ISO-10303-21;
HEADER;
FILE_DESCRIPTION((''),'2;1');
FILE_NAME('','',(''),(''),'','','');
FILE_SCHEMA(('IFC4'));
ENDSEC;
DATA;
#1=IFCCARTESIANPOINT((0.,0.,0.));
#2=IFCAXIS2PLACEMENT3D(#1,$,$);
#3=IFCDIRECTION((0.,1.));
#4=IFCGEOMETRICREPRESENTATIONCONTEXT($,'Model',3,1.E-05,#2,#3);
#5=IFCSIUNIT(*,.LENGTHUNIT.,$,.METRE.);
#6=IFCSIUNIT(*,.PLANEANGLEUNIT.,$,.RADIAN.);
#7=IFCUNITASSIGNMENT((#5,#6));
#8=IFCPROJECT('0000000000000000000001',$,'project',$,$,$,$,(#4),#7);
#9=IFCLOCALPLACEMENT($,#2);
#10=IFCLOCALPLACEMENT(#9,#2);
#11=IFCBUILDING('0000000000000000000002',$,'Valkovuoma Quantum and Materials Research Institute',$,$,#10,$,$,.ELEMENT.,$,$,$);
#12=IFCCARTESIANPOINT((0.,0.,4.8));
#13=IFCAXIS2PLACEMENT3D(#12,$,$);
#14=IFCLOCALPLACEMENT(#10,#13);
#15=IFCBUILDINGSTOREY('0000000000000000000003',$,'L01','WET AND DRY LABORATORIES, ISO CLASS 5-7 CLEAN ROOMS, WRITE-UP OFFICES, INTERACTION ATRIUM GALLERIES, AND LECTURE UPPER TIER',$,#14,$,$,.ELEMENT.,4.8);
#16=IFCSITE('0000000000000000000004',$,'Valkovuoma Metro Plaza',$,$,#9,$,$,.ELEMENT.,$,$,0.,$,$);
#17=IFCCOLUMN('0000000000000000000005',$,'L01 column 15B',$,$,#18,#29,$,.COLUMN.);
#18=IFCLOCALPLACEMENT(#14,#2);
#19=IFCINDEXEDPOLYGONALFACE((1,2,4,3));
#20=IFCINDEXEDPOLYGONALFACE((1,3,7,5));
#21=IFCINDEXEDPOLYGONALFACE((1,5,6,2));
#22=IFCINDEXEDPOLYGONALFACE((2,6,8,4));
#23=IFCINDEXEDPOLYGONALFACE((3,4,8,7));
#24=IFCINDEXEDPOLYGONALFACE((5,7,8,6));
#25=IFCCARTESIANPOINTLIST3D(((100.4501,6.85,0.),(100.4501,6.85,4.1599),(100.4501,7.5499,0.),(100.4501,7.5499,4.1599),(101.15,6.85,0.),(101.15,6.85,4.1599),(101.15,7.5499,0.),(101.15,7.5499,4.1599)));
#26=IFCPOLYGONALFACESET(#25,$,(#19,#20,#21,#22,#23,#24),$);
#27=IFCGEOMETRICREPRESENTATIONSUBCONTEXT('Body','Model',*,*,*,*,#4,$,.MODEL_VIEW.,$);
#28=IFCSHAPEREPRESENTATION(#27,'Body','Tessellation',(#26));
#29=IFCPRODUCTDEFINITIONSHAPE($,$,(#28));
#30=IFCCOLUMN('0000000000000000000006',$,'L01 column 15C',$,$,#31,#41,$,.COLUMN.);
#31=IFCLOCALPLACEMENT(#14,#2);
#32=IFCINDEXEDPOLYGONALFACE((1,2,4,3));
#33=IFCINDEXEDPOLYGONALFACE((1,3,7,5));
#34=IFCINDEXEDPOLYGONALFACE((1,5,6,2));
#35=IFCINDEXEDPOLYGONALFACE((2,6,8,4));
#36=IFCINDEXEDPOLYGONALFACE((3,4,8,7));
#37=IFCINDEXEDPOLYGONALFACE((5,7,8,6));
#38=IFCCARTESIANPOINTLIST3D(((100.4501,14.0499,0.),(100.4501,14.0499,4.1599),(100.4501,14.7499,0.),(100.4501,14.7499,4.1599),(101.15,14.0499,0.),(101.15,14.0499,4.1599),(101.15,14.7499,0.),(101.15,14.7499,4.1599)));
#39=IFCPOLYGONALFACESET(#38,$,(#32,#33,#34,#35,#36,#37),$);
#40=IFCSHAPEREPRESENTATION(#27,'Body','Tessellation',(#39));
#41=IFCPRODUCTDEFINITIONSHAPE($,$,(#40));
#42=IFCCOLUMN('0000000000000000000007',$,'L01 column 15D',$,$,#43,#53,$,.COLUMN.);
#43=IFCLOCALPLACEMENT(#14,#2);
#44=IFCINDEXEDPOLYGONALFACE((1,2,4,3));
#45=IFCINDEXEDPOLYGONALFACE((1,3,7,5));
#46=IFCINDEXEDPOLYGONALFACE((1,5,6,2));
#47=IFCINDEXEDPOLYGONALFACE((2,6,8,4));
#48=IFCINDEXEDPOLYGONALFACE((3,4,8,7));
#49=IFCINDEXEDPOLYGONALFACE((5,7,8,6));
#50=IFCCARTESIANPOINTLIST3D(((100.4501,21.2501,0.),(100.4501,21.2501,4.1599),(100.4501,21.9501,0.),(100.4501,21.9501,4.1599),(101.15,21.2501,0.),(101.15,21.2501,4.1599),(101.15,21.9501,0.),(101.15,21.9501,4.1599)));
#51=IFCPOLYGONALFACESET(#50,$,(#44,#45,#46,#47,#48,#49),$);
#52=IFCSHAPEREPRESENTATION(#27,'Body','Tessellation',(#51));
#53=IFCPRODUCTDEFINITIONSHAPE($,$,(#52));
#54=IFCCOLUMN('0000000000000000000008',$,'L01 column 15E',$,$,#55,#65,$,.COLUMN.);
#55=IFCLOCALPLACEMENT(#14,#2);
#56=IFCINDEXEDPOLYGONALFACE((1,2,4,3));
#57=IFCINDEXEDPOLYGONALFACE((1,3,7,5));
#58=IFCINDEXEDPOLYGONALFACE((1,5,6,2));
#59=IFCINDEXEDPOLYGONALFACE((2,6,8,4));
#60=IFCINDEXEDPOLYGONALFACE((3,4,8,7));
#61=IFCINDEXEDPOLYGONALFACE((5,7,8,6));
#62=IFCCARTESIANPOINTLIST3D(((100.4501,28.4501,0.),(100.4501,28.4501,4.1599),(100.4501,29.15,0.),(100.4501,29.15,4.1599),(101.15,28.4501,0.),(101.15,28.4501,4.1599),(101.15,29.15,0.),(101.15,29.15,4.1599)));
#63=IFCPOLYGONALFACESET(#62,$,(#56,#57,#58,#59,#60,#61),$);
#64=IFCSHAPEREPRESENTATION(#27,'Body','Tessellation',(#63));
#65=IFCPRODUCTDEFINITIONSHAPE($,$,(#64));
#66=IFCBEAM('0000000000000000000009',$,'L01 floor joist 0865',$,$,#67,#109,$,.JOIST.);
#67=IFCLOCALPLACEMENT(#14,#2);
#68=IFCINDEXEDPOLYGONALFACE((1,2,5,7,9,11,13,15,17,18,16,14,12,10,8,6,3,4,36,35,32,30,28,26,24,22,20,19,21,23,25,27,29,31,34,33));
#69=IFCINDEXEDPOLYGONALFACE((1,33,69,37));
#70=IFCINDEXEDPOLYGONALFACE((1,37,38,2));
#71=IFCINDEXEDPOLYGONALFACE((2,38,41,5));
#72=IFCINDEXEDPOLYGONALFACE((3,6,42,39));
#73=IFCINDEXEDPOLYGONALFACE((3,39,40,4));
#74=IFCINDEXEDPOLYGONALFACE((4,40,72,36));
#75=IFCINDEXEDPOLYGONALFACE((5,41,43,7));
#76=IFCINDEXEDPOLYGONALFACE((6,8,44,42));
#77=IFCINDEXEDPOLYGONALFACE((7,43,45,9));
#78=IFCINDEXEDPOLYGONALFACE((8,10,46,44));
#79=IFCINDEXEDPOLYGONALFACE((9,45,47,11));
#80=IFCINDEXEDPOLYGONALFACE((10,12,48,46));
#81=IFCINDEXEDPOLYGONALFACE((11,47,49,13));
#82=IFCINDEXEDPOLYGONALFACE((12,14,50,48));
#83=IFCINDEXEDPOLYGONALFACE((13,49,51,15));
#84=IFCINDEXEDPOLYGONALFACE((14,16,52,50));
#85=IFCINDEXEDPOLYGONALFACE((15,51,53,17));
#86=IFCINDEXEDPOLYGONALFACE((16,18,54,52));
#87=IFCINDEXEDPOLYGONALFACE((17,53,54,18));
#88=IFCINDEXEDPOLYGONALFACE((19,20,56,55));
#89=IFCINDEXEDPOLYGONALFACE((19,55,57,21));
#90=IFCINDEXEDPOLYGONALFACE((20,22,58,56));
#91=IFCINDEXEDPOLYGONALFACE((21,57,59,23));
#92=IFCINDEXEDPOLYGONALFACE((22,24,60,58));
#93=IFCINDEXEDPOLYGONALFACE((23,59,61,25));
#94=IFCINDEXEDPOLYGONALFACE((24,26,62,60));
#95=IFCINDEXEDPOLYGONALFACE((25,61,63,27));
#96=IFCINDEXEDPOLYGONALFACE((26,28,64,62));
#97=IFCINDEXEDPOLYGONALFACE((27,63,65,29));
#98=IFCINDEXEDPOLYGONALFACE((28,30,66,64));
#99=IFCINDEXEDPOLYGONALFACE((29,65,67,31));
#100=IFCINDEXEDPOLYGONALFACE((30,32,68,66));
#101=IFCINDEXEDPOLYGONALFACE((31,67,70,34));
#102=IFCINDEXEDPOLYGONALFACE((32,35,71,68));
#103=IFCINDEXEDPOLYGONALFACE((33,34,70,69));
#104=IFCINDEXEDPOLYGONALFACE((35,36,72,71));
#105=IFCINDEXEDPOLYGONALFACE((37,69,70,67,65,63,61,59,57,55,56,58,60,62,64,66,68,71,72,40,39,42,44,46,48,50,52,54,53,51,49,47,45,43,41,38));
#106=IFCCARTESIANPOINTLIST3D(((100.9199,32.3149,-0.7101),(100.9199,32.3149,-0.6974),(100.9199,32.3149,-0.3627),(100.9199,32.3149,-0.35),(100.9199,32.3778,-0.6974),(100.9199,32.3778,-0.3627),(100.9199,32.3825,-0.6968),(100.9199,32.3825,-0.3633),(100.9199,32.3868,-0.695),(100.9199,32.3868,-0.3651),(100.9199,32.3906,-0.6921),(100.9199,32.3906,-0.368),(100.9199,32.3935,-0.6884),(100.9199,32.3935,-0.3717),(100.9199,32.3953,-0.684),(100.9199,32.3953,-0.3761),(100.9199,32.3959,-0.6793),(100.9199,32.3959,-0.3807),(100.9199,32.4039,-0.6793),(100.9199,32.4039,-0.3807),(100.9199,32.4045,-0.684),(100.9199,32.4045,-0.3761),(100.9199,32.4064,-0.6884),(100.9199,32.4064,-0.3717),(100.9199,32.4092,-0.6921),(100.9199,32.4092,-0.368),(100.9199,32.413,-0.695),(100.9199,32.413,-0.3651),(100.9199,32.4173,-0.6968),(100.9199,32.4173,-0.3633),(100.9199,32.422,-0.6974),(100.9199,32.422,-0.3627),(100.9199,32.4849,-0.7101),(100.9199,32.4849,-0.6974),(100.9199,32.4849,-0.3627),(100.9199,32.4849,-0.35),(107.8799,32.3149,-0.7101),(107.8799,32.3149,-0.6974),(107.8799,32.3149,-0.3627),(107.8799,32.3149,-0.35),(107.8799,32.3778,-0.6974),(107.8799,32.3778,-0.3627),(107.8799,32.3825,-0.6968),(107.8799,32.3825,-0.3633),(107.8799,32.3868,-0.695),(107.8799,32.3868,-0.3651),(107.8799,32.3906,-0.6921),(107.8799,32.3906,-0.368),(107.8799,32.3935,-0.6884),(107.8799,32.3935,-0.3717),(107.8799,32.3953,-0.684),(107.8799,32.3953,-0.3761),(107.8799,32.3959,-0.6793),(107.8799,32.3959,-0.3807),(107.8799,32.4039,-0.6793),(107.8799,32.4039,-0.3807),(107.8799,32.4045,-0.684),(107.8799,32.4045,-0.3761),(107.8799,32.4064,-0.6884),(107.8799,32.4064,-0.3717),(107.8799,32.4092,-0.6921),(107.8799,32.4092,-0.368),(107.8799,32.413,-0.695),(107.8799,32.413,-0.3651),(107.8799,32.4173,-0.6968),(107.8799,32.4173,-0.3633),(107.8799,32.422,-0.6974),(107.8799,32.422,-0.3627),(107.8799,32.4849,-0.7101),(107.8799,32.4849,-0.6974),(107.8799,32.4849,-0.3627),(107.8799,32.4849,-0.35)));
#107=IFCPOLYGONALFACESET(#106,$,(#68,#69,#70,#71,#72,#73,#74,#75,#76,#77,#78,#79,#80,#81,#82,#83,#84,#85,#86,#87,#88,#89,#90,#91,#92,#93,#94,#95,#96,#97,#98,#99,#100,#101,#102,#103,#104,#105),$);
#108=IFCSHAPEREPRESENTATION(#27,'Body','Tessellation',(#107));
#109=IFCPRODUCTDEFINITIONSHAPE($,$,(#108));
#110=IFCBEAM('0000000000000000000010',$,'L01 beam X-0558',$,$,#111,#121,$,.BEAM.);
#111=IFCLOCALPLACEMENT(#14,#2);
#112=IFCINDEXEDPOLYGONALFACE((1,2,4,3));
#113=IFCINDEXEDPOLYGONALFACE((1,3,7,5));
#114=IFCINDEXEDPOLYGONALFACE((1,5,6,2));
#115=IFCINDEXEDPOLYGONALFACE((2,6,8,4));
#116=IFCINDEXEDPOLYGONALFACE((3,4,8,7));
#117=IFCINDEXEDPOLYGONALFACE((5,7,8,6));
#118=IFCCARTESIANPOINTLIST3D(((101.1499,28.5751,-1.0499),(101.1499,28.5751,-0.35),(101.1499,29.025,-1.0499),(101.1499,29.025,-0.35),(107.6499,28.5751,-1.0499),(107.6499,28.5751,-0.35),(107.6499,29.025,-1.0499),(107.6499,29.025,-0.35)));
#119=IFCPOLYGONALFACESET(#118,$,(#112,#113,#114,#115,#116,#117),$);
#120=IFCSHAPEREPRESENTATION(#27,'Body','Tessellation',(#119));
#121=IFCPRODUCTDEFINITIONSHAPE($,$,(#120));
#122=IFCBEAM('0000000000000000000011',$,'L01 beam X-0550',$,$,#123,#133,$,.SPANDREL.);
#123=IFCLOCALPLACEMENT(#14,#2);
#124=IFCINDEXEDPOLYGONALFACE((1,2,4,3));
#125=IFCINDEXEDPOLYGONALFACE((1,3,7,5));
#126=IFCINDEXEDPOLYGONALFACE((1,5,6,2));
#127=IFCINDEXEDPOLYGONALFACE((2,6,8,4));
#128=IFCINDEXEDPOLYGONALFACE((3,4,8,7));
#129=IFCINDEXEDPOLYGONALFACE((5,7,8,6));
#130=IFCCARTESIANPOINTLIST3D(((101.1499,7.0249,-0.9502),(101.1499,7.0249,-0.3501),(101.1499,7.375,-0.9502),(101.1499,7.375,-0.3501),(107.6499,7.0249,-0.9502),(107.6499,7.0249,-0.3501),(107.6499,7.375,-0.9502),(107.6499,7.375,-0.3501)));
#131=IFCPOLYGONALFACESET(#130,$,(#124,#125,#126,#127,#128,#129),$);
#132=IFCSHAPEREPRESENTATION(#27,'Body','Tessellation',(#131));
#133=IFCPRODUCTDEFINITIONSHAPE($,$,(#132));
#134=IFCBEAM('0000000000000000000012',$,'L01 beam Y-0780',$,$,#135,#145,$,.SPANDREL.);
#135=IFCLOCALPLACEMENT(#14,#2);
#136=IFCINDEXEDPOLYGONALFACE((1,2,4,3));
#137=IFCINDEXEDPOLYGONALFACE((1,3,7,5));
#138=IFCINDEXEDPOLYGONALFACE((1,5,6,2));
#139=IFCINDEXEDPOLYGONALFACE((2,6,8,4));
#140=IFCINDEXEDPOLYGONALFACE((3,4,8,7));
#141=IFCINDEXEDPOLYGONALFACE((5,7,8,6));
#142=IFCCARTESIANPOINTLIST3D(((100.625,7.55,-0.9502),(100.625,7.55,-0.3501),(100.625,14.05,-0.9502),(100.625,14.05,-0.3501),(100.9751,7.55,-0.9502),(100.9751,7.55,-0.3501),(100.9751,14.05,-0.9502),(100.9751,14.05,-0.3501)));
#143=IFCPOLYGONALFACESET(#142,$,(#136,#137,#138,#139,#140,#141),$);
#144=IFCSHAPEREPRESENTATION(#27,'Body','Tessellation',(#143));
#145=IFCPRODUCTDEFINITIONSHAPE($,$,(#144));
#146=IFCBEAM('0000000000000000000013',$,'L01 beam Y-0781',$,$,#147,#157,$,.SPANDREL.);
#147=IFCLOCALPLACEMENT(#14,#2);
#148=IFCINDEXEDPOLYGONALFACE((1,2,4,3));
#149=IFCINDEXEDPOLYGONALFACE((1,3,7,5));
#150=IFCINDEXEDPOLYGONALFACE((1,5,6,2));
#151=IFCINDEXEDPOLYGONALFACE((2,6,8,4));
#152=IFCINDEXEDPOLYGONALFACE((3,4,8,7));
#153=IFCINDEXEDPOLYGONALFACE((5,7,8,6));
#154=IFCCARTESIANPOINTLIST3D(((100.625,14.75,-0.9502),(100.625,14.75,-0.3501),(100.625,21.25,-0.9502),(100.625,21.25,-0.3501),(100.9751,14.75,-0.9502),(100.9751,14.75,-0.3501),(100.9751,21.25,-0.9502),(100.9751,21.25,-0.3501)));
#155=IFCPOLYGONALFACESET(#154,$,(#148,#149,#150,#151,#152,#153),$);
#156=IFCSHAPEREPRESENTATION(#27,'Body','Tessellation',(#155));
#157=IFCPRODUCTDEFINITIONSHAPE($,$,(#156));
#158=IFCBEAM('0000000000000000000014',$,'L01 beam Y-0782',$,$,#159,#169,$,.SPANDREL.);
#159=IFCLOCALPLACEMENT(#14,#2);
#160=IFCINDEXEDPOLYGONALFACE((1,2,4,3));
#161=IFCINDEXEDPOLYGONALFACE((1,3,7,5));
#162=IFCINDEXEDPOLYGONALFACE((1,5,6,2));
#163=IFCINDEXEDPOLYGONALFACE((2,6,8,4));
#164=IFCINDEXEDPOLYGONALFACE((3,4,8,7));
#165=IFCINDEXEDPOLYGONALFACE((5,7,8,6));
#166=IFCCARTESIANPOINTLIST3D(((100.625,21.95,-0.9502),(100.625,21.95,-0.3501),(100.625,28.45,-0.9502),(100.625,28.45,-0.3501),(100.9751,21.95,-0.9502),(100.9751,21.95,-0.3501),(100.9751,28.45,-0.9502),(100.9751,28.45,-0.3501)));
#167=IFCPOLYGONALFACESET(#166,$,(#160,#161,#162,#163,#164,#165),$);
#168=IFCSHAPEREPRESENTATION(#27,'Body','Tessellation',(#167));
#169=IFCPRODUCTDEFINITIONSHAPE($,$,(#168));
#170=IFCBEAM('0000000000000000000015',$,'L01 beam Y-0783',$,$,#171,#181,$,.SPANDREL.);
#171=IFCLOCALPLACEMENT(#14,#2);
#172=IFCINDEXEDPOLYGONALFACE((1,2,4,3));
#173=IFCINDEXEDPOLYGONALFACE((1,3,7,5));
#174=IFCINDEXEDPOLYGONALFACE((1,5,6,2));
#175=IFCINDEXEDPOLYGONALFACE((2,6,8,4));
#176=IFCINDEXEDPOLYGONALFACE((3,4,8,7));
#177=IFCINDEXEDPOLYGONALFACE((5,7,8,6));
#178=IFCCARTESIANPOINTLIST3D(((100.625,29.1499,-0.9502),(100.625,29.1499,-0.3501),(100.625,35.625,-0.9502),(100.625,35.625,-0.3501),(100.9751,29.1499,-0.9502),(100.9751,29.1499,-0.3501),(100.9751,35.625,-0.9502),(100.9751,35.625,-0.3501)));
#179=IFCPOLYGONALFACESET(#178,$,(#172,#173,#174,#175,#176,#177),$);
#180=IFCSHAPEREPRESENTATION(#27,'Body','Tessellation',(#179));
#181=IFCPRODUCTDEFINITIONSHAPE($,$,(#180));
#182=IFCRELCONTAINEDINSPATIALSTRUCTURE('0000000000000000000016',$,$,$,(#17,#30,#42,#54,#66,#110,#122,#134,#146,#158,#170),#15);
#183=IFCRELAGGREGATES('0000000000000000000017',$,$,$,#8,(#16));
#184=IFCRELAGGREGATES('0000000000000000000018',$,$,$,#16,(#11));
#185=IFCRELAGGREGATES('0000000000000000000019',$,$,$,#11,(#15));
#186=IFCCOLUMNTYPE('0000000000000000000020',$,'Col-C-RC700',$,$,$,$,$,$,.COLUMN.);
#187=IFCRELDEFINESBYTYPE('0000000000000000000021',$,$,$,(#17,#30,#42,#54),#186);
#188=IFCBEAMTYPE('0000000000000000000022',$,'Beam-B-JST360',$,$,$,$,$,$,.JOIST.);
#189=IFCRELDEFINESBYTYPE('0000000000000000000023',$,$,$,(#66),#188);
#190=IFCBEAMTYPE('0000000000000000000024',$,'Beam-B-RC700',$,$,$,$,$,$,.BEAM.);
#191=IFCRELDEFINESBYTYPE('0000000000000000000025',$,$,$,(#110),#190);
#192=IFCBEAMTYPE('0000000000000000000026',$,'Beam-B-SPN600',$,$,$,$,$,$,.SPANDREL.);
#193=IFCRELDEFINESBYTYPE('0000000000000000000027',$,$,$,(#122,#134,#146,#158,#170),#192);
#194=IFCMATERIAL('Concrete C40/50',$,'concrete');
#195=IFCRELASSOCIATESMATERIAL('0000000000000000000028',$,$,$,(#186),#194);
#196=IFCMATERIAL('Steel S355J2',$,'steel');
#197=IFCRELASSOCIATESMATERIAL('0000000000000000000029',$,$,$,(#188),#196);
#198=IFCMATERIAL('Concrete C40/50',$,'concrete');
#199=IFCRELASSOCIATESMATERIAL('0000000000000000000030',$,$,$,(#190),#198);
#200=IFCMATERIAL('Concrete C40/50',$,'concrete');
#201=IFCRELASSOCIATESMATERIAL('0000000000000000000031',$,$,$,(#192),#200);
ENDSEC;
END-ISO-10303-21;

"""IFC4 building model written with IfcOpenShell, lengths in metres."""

from ifc_helpers import new_model, si_unit, direction, frame, origin, origin_2d, place, context, subcontext, project, spatial, rectangle, i_section, extrude, material, material_profile, profile_set, type_object, element, save


model = new_model("IFC4")

# Units and contexts
model_context = context("Model", 3, precision=1e-05, world=origin(), true_north=direction((0.0, 1.0)))
body_context = subcontext(model_context, "Body", "Model", "MODEL_VIEW")
ifc_project = project(units=[si_unit("LENGTHUNIT", "METRE"), si_unit("PLANEANGLEUNIT", "RADIAN")], contexts=[model_context])

# Site, building, storey
site_placement = place(None, origin())
site = spatial("IfcSite", under=ifc_project, at=site_placement, Name="Valkovuoma Metro Plaza", CompositionType="ELEMENT", RefElevation=0.0)
building_placement = place(site_placement, origin())
building = spatial("IfcBuilding", under=site, at=building_placement, Name="Valkovuoma Quantum and Materials Research Institute", CompositionType="ELEMENT")
storey_placement = place(building_placement, frame((0.0, 0.0, 4.8)))
storey = spatial("IfcBuildingStorey", under=building, at=storey_placement, Name="L01", Description="WET AND DRY LABORATORIES, ISO CLASS 5-7 CLEAN ROOMS, WRITE-UP OFFICES, INTERACTION ATRIUM GALLERIES, AND LECTURE UPPER TIER", CompositionType="ELEMENT", Elevation=4.8)

# Columns
ifc_material_1 = material(Name="Concrete C40/50", Category="concrete")
ifc_material_profile_1 = material_profile(ifc_material_1, rectangle(XDim=0.7, YDim=0.7, at=origin_2d()), Name="Concrete C40/50")
ifc_profile_set_1 = profile_set([ifc_material_profile_1], Name="Concrete C40/50")
column_type = type_object("IfcColumnType", Name="Col-C-RC700", PredefinedType="COLUMN", material=ifc_profile_set_1)
for number, where, z_axis, x_axis, name in (
    (1, (100.8, 7.2, 0.0), (0.0, 0.0, 1.0), (1.0, 0.0, 0.0), "L01 column 15B"),
    (2, (100.8, 14.3999, 0.0), (0.0, 0.0, 1.0), (1.0, 0.0, 0.0), "L01 column 15C"),
    (3, (100.8, 21.6001, 0.0), (0.0, 0.0, 1.0), (1.0, 0.0, 0.0), "L01 column 15D"),
    (4, (100.8, 28.8, 0.0), (0.0, 0.0, 1.0), (1.0, 0.0, 0.0), "L01 column 15E"),
):
    element("IfcColumn", number, at=place(storey_placement, frame(where, z_axis=z_axis, x_axis=x_axis)), inside=storey, type_object=column_type, Name=name, PredefinedType="COLUMN", context=body_context, shape_type="SweptSolid", body=[
        extrude(rectangle(XDim=0.7, YDim=0.7, at=origin_2d()), origin(), (0.0, 0.0, 1.0), 4.1599),
    ])

# Beams
ifc_material_2 = material(Name="Steel S355J2", Category="steel")
ifc_material_profile_2 = material_profile(ifc_material_2, i_section(OverallWidth=0.1699, OverallDepth=0.3601, WebThickness=0.0081, FlangeThickness=0.0127, FilletRadius=0.0181, at=origin_2d()), Name="Steel S355J2")
ifc_profile_set_2 = profile_set([ifc_material_profile_2], Name="Steel S355J2")
beam_type_1 = type_object("IfcBeamType", Name="Beam-B-JST360", PredefinedType="JOIST", material=ifc_profile_set_2)
beam_1_placement = place(storey_placement, frame((100.9199, 32.3999, -0.53), z_axis=(1.0, 0.0, 0.0), x_axis=(0.0, 1.0, 0.0)))
element("IfcBeam", 5, at=beam_1_placement, inside=storey, type_object=beam_type_1, Name="L01 floor joist 0865", PredefinedType="JOIST", context=body_context, shape_type="SweptSolid", body=[
    extrude(i_section(OverallWidth=0.1699, OverallDepth=0.3601, WebThickness=0.0081, FlangeThickness=0.0127, FilletRadius=0.0181, at=origin_2d()), origin(), (0.0, 0.0, 1.0), 6.96),
])
ifc_material_3 = material(Name="Concrete C40/50", Category="concrete")
ifc_material_profile_3 = material_profile(ifc_material_3, rectangle(XDim=0.45, YDim=0.7, at=origin_2d()), Name="Concrete C40/50")
ifc_profile_set_3 = profile_set([ifc_material_profile_3], Name="Concrete C40/50")
beam_type_2 = type_object("IfcBeamType", Name="Beam-B-RC700", PredefinedType="BEAM", material=ifc_profile_set_3)
beam_2_placement = place(storey_placement, frame((101.1499, 28.8, -0.7), z_axis=(1.0, 0.0, 0.0), x_axis=(0.0, 1.0, 0.0)))
element("IfcBeam", 6, at=beam_2_placement, inside=storey, type_object=beam_type_2, Name="L01 beam X-0558", PredefinedType="BEAM", context=body_context, shape_type="SweptSolid", body=[
    extrude(rectangle(XDim=0.45, YDim=0.7, at=origin_2d()), origin(), (0.0, 0.0, 1.0), 6.5),
])
ifc_material_4 = material(Name="Concrete C40/50", Category="concrete")
ifc_material_profile_4 = material_profile(ifc_material_4, rectangle(XDim=0.3501, YDim=0.6001, at=origin_2d()), Name="Concrete C40/50")
ifc_profile_set_4 = profile_set([ifc_material_profile_4], Name="Concrete C40/50")
beam_type_3 = type_object("IfcBeamType", Name="Beam-B-SPN600", PredefinedType="SPANDREL", material=ifc_profile_set_4)
for number, where, z_axis, x_axis, name in (
    (7, (101.1499, 7.2, -0.6501), (1.0, 0.0, 0.0), (0.0, 1.0, 0.0), "L01 beam X-0550"),
    (8, (100.8, 7.55, -0.6501), (0.0, 1.0, 0.0), (-1.0, 0.0, 0.0), "L01 beam Y-0780"),
    (9, (100.8, 14.75, -0.6501), (0.0, 1.0, 0.0), (-1.0, 0.0, 0.0), "L01 beam Y-0781"),
    (10, (100.8, 21.95, -0.6501), (0.0, 1.0, 0.0), (-1.0, 0.0, 0.0), "L01 beam Y-0782"),
):
    element("IfcBeam", number, at=place(storey_placement, frame(where, z_axis=z_axis, x_axis=x_axis)), inside=storey, type_object=beam_type_3, Name=name, PredefinedType="SPANDREL", context=body_context, shape_type="SweptSolid", body=[
        extrude(rectangle(XDim=0.3501, YDim=0.6001, at=origin_2d()), origin(), (0.0, 0.0, 1.0), 6.5),
    ])
beam_3_placement = place(storey_placement, frame((100.8, 29.1499, -0.6501), z_axis=(0.0, 1.0, 0.0), x_axis=(-1.0, 0.0, 0.0)))
element("IfcBeam", 11, at=beam_3_placement, inside=storey, type_object=beam_type_3, Name="L01 beam Y-0783", PredefinedType="SPANDREL", context=body_context, shape_type="SweptSolid", body=[
    extrude(rectangle(XDim=0.3501, YDim=0.6001, at=origin_2d()), origin(), (0.0, 0.0, 1.0), 6.4751),
])

save(model, "model.ifc")
